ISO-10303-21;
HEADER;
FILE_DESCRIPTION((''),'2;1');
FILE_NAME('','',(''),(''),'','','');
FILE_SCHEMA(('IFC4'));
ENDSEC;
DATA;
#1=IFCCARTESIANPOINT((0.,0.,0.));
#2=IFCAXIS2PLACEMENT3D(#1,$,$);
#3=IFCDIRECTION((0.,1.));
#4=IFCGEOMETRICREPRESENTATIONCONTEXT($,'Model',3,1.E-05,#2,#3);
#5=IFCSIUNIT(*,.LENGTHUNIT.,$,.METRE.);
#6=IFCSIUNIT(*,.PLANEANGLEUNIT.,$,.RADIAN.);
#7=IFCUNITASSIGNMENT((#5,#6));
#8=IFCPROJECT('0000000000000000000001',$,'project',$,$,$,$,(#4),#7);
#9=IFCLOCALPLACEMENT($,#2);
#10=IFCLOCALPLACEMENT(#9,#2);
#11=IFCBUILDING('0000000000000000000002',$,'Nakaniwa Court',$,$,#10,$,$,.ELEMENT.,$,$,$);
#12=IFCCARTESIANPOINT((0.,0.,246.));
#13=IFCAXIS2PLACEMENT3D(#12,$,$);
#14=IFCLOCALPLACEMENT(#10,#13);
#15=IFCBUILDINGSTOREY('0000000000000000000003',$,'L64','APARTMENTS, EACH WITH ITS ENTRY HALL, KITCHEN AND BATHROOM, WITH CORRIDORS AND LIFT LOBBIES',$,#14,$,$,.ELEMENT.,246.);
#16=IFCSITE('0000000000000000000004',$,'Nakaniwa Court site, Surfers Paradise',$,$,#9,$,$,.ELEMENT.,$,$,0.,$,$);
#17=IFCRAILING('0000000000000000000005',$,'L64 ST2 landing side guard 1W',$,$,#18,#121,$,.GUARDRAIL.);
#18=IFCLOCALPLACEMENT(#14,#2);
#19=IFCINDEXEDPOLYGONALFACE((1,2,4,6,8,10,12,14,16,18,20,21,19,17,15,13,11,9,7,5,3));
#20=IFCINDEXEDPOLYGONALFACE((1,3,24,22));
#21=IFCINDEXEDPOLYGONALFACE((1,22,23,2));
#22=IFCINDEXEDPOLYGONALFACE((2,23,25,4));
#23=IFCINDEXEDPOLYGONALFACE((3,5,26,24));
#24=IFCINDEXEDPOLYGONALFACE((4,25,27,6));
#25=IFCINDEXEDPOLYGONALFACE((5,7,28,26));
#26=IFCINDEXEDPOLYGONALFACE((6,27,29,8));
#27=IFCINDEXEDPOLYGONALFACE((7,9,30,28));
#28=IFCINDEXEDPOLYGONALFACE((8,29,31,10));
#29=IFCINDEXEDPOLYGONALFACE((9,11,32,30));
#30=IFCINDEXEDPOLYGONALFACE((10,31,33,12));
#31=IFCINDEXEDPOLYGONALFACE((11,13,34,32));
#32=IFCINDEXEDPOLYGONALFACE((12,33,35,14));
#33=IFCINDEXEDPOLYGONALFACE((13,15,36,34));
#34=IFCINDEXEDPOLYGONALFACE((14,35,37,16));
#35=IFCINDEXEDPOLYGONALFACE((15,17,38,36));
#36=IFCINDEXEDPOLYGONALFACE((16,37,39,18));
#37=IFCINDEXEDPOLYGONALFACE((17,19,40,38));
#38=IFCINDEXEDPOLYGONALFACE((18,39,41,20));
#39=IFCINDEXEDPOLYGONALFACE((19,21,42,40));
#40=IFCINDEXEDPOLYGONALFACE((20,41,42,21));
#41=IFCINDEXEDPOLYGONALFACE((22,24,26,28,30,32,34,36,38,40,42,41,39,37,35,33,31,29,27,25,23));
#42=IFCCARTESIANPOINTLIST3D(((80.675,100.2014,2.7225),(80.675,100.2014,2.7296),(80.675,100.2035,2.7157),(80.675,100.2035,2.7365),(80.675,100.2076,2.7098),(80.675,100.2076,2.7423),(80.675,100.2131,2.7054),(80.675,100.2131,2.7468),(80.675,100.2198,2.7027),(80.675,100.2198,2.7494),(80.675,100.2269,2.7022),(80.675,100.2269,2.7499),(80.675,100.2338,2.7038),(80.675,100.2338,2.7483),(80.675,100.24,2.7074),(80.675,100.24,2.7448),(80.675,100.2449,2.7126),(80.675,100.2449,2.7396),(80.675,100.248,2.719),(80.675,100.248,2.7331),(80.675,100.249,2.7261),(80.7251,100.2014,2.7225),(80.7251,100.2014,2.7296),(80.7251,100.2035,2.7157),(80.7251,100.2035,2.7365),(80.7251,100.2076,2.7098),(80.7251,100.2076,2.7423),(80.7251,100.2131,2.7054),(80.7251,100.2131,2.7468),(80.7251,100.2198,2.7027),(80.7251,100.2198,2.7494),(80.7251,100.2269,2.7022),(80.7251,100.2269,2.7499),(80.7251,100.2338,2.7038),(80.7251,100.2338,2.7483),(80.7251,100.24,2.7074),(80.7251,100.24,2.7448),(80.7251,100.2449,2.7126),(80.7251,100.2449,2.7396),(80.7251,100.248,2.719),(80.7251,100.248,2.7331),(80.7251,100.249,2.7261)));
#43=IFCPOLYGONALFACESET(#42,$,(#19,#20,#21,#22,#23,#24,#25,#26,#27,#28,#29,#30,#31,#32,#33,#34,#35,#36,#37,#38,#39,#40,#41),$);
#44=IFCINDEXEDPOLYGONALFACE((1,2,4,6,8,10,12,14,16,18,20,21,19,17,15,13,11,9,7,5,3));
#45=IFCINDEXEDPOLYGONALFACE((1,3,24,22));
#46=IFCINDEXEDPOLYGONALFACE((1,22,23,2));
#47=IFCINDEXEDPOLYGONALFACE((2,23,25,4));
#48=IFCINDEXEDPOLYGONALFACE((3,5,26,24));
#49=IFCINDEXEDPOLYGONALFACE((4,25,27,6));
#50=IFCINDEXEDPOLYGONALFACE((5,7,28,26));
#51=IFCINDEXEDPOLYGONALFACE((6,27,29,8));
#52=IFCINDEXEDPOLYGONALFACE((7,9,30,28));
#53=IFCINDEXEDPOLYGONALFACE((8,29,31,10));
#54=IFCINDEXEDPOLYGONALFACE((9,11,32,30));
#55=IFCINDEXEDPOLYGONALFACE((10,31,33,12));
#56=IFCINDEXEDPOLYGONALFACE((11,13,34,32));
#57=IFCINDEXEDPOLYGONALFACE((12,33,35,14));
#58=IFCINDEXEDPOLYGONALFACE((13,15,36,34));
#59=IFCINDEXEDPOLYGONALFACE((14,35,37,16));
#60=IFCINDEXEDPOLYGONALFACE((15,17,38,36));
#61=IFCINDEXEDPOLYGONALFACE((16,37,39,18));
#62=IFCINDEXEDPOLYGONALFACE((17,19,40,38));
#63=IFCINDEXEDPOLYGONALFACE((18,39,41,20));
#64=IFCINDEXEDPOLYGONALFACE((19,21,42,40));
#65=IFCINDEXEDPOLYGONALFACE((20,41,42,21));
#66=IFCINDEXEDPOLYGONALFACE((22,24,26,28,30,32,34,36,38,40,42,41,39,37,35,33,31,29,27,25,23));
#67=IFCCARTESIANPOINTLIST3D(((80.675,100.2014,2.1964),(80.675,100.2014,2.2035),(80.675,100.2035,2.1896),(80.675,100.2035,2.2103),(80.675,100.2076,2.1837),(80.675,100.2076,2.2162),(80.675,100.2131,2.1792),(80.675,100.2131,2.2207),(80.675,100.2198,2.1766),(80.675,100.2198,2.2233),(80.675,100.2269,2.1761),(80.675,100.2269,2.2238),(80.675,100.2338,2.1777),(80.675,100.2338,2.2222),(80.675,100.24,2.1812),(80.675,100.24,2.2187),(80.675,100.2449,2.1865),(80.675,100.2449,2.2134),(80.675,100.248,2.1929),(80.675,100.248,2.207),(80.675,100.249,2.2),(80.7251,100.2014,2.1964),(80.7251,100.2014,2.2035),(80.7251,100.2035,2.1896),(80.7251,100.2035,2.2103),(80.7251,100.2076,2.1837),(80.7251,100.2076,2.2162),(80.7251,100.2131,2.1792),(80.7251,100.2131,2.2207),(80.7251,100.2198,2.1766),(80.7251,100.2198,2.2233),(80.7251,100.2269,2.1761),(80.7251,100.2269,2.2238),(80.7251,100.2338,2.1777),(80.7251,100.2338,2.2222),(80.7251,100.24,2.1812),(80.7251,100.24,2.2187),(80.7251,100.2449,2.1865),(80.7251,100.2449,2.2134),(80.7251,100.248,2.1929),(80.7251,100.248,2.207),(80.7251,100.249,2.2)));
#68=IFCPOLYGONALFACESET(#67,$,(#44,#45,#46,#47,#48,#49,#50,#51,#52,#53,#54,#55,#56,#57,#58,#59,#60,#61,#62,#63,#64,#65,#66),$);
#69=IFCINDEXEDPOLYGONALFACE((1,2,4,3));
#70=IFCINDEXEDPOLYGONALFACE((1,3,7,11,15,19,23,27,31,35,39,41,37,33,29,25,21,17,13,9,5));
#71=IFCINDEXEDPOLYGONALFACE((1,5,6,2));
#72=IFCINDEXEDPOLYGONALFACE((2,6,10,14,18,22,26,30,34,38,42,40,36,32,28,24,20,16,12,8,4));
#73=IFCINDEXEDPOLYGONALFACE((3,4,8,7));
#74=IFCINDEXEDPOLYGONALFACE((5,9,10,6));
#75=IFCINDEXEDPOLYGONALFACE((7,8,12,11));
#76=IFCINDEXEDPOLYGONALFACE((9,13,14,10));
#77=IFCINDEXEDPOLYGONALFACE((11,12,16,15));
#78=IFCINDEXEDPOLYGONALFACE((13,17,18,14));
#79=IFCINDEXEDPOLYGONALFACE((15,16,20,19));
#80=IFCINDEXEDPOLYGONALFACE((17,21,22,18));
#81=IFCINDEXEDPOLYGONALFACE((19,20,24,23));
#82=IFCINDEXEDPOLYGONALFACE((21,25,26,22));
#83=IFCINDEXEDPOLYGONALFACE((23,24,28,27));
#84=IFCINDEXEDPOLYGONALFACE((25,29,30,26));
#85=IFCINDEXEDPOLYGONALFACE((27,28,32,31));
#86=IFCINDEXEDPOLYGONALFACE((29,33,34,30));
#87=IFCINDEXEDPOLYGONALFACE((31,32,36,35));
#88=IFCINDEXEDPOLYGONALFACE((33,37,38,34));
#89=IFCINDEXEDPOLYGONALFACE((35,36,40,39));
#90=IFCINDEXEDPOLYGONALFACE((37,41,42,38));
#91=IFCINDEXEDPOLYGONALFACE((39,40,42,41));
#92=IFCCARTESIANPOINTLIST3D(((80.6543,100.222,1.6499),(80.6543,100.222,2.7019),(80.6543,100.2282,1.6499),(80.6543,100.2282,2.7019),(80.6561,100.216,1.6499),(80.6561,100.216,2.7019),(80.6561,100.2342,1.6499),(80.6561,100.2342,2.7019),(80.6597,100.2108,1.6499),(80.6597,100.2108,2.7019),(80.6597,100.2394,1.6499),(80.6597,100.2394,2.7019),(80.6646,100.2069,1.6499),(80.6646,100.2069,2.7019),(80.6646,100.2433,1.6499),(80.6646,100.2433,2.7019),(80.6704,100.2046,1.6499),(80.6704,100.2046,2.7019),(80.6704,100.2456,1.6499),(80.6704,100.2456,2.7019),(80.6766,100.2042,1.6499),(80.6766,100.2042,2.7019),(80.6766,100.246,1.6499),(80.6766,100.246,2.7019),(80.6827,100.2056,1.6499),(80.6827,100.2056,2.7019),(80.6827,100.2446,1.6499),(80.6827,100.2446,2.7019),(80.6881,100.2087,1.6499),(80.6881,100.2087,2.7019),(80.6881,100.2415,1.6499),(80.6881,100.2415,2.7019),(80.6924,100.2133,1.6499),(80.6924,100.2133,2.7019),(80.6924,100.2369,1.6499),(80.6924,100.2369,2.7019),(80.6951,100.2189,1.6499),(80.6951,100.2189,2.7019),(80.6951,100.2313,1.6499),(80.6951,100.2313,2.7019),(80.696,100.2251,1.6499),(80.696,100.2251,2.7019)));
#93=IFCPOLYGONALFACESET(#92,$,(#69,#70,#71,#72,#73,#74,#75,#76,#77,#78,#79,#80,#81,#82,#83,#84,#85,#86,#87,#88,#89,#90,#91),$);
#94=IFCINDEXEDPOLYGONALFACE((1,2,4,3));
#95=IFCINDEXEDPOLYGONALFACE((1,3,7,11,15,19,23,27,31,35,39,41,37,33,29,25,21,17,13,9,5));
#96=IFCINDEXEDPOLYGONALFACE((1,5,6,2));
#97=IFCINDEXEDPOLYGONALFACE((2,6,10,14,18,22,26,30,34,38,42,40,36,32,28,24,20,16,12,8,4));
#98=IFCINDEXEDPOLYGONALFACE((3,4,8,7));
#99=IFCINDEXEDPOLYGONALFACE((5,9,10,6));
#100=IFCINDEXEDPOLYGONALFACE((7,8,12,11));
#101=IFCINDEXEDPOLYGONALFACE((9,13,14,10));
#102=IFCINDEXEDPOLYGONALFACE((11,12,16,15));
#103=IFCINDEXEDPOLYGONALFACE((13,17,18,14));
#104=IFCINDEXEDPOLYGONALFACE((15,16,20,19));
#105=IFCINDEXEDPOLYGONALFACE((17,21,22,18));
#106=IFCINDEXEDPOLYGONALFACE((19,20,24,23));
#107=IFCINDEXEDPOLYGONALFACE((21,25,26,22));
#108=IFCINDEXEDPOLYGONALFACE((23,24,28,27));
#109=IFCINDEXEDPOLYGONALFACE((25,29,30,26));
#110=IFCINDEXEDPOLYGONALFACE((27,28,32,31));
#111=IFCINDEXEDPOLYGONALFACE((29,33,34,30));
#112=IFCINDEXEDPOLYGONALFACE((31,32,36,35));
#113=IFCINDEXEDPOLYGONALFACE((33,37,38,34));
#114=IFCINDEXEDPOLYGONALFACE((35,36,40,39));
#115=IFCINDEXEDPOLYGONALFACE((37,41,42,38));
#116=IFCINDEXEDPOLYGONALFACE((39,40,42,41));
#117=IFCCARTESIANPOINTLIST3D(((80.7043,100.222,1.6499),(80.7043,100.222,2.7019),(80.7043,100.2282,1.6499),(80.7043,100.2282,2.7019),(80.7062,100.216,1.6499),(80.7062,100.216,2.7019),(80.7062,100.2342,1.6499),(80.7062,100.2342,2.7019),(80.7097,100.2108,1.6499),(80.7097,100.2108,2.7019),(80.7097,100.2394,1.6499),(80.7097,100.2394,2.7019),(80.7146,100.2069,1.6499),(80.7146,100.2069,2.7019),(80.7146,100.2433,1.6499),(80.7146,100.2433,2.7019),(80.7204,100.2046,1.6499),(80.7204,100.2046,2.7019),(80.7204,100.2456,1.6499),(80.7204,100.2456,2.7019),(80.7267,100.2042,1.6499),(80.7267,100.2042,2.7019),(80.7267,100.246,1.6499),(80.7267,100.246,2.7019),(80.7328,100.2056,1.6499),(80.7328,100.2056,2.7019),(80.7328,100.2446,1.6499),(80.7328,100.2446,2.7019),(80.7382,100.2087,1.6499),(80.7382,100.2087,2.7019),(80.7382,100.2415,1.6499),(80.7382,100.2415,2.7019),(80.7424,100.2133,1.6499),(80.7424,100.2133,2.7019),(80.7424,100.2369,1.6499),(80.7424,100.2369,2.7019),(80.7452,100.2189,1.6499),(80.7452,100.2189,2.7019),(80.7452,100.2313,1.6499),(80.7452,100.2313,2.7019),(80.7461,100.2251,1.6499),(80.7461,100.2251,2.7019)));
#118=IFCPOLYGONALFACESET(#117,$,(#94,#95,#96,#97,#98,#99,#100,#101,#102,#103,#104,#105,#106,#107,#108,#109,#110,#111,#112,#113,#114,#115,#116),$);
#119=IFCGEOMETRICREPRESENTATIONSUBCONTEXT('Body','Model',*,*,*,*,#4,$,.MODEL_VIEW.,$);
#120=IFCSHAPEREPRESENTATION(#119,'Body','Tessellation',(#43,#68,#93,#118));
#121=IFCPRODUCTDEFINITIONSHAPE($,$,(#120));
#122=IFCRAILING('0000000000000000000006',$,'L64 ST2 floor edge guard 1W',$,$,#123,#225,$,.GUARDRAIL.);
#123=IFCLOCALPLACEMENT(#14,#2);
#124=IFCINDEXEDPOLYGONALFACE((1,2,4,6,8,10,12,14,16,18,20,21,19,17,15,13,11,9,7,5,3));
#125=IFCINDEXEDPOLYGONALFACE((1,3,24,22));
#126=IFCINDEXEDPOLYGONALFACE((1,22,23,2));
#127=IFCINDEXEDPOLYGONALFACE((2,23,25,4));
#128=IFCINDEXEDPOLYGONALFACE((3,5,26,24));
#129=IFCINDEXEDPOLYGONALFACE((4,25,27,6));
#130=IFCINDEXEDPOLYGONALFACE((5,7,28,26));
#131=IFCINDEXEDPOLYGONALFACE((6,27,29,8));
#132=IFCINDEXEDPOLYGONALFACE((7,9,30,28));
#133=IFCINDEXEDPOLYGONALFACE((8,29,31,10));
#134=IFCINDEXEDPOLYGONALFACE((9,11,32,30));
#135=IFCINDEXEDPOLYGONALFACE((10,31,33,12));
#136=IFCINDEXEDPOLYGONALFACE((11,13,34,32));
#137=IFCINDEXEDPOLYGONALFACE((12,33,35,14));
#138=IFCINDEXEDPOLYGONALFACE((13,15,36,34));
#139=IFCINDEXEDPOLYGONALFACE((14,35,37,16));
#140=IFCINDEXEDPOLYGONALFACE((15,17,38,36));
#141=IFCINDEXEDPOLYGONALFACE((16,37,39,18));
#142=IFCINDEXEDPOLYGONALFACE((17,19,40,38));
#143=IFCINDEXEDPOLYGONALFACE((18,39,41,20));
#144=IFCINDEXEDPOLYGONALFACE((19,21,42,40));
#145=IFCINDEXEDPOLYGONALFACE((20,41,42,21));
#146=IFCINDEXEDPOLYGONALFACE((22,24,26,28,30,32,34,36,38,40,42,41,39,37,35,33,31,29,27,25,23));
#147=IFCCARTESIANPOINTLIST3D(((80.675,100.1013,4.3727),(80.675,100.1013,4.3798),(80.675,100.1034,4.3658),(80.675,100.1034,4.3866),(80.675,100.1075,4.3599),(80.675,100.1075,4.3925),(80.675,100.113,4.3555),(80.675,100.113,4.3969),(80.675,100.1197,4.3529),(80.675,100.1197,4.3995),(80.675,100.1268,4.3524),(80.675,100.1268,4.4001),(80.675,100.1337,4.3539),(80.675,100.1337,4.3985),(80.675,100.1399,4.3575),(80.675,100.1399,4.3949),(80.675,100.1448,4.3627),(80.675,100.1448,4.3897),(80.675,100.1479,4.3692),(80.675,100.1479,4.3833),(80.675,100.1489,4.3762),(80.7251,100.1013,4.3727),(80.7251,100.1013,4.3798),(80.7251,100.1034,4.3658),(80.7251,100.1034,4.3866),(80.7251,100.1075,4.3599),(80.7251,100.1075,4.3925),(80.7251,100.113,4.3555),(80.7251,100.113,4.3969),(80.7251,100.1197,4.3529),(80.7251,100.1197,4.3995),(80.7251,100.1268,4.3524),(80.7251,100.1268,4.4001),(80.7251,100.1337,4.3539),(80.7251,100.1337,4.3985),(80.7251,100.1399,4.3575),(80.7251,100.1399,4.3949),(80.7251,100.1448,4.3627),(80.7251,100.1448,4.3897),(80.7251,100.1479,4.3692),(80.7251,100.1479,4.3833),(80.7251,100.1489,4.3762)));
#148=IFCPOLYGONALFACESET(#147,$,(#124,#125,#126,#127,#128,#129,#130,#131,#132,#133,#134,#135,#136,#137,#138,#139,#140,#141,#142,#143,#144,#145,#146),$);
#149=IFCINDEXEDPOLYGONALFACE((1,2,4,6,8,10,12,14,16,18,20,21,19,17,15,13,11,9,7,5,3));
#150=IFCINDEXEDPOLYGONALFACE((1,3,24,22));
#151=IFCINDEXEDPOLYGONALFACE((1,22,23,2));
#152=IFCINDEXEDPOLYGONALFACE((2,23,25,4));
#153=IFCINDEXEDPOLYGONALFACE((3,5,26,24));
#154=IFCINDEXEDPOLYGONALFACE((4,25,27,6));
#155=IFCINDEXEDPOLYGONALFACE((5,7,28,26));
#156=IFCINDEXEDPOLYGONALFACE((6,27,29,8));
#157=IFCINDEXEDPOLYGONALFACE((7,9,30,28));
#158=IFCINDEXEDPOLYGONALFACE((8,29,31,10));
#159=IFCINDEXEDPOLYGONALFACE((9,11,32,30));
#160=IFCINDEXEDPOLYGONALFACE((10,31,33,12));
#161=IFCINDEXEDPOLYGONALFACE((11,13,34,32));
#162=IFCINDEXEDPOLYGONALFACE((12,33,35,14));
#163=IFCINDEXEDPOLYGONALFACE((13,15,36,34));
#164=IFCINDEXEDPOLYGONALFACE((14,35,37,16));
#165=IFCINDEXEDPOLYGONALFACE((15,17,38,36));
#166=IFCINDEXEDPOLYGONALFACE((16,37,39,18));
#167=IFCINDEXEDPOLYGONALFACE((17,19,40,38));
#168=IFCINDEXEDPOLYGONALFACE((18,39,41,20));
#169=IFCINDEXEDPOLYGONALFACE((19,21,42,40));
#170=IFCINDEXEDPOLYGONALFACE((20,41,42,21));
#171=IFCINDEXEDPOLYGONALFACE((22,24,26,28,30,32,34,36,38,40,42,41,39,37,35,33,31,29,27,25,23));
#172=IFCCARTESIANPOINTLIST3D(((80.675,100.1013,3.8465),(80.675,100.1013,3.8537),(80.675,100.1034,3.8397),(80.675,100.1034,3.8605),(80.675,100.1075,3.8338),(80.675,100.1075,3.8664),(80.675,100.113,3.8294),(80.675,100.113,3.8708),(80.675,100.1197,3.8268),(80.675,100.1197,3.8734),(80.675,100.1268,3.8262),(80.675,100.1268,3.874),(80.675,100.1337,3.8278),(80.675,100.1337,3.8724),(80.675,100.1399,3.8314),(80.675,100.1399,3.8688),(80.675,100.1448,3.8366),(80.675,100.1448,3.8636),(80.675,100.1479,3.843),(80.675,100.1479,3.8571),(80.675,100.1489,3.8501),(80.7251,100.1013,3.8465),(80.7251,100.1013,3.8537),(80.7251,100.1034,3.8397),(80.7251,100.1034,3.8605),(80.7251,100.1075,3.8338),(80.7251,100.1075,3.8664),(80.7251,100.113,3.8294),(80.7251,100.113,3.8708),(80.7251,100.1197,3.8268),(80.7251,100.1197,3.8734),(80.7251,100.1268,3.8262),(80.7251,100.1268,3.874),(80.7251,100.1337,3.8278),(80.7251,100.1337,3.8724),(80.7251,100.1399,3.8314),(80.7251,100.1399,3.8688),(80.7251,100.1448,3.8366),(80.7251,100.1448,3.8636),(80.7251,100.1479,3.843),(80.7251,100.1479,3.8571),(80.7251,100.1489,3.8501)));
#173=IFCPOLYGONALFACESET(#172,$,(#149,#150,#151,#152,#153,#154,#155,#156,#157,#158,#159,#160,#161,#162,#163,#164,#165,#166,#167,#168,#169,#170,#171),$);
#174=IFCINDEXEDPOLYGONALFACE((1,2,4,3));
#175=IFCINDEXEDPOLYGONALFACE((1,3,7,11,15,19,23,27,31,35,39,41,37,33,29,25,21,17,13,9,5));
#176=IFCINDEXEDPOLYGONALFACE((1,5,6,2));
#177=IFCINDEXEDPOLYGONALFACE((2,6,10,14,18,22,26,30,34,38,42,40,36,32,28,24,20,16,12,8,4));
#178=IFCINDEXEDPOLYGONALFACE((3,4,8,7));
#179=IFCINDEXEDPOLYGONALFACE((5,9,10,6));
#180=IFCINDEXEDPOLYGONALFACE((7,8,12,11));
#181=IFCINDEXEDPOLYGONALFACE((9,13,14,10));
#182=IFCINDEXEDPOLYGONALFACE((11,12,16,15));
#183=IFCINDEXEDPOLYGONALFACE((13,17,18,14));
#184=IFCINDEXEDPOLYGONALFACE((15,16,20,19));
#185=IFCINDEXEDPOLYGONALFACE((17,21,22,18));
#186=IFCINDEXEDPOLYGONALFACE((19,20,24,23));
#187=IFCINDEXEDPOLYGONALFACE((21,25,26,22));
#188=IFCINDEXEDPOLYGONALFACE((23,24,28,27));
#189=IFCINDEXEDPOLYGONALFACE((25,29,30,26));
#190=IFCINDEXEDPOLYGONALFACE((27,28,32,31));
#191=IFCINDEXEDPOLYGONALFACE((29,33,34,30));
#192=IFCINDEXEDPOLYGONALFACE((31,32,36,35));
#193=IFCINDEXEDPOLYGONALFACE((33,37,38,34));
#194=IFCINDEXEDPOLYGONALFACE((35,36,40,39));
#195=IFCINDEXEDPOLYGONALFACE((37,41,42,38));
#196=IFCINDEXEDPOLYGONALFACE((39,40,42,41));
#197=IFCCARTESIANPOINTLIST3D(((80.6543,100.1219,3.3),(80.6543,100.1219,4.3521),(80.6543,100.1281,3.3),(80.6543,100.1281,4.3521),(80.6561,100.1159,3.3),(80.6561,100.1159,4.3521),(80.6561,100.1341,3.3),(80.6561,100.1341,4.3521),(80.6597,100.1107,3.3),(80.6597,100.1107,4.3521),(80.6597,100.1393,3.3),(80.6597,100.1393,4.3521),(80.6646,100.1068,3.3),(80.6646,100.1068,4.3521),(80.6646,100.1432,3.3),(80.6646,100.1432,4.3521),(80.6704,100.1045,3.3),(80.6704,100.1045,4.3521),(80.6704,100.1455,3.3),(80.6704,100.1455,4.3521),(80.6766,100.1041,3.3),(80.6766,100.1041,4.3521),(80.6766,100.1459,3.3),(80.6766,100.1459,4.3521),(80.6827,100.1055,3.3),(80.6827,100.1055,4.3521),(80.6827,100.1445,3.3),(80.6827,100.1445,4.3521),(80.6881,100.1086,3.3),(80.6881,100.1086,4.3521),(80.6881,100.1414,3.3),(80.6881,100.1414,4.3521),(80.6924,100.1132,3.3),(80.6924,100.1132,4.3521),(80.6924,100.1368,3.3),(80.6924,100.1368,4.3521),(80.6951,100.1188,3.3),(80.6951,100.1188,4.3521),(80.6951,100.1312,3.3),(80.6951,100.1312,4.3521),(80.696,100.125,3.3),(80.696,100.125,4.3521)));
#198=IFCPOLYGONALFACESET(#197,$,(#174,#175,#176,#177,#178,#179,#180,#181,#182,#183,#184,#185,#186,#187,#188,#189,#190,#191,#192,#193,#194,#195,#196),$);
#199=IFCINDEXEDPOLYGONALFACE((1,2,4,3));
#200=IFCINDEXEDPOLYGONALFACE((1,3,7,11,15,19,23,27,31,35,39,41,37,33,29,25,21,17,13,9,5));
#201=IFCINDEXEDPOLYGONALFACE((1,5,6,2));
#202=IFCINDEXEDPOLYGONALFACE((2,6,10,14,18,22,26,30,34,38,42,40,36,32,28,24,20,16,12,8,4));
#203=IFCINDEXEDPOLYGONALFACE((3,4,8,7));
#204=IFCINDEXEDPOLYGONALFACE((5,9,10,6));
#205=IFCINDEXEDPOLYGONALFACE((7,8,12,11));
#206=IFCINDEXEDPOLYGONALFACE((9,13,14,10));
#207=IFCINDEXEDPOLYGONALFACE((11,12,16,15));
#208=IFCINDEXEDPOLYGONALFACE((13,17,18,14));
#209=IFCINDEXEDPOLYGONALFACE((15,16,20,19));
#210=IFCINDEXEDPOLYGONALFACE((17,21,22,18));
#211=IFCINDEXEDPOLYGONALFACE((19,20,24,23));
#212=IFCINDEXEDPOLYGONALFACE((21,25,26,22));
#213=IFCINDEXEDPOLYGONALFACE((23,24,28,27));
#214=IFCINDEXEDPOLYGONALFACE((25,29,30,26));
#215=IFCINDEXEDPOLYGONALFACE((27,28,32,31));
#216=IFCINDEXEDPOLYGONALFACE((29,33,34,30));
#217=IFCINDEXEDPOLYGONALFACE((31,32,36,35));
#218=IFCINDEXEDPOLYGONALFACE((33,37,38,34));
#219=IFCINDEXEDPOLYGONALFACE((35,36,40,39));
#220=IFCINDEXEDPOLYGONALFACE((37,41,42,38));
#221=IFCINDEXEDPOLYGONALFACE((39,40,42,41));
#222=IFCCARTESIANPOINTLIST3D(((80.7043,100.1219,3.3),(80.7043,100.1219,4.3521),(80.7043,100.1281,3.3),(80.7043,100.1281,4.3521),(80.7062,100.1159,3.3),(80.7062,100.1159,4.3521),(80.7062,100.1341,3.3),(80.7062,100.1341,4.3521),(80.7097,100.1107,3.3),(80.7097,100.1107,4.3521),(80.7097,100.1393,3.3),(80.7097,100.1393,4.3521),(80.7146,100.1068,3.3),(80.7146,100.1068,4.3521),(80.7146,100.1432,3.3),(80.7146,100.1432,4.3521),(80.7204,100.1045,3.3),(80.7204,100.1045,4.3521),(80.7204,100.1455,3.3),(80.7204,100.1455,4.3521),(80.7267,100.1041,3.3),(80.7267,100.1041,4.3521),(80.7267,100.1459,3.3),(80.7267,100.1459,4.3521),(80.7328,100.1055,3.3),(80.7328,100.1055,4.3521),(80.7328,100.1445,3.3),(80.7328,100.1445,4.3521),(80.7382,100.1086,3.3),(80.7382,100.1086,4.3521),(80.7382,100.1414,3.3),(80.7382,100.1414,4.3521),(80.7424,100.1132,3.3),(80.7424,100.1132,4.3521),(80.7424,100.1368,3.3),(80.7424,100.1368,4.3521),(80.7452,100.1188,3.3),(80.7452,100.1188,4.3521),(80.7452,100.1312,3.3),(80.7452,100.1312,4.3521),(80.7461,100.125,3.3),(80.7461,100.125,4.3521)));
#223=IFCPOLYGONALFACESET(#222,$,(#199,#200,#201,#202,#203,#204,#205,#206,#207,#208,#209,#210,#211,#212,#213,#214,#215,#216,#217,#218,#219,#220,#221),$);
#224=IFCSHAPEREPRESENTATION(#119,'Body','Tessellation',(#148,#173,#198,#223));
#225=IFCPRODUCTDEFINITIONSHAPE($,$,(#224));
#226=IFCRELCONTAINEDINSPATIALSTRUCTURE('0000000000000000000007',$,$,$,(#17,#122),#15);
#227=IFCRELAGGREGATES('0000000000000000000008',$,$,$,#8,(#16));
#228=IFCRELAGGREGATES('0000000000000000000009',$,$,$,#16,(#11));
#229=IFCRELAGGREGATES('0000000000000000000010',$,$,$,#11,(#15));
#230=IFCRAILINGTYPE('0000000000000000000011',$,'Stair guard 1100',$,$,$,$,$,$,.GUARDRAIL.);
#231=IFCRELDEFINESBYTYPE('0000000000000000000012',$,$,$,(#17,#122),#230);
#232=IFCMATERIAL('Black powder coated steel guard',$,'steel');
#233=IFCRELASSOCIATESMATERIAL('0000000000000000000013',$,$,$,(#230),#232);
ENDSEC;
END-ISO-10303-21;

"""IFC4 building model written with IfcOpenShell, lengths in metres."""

from ifc_helpers import new_model, si_unit, direction, frame, origin, origin_2d, place, context, subcontext, project, spatial, circle, extrude, material, type_object, element, save


model = new_model("IFC4")

# Units and contexts
model_context = context("Model", 3, precision=1e-05, world=origin(), true_north=direction((0.0, 1.0)))
body_context = subcontext(model_context, "Body", "Model", "MODEL_VIEW")
ifc_project = project(units=[si_unit("LENGTHUNIT", "METRE"), si_unit("PLANEANGLEUNIT", "RADIAN")], contexts=[model_context])

# Site, building, storey
site_placement = place(None, origin())
site = spatial("IfcSite", under=ifc_project, at=site_placement, Name="Nakaniwa Court site, Surfers Paradise", CompositionType="ELEMENT", RefElevation=0.0)
building_placement = place(site_placement, origin())
building = spatial("IfcBuilding", under=site, at=building_placement, Name="Nakaniwa Court", CompositionType="ELEMENT")
storey_placement = place(building_placement, frame((0.0, 0.0, 246.0)))
storey = spatial("IfcBuildingStorey", under=building, at=storey_placement, Name="L64", Description="APARTMENTS, EACH WITH ITS ENTRY HALL, KITCHEN AND BATHROOM, WITH CORRIDORS AND LIFT LOBBIES", CompositionType="ELEMENT", Elevation=246.0)

# Railings
ifc_material_1 = material(Name="Black powder coated steel guard", Category="steel")
railing_type_1 = type_object("IfcRailingType", Name="Stair guard 1100", PredefinedType="GUARDRAIL", material=ifc_material_1)
for number, where, name in (
    (1, (80.675, 100.2251, 1.6499), "L64 ST2 landing side guard 1W"),
    (2, (80.675, 100.125, 3.3), "L64 ST2 floor edge guard 1W"),
):
    element("IfcRailing", number, at=place(storey_placement, frame(where)), inside=storey, type_object=railing_type_1, Name=name, PredefinedType="GUARDRAIL", context=body_context, shape_type="SweptSolid", body=[
        extrude(circle(Radius=0.0239, at=origin_2d()), frame((0.0, 0.0, 1.0762), z_axis=(1.0, 0.0, 0.0), x_axis=(0.0, 1.0, 0.0)), (0.0, 0.0, 1.0), 0.05),
        extrude(circle(Radius=0.0239, at=origin_2d()), frame((0.0, 0.0, 0.55), z_axis=(1.0, 0.0, 0.0), x_axis=(0.0, 1.0, 0.0)), (0.0, 0.0, 1.0), 0.05),
        extrude(circle(Radius=0.021, at=origin_2d()), origin(), (0.0, 0.0, 1.0), 1.052),
        extrude(circle(Radius=0.021, at=origin_2d()), frame((0.05, 0.0, 0.0)), (0.0, 0.0, 1.0), 1.052),
    ])

save(model, "model.ifc")
